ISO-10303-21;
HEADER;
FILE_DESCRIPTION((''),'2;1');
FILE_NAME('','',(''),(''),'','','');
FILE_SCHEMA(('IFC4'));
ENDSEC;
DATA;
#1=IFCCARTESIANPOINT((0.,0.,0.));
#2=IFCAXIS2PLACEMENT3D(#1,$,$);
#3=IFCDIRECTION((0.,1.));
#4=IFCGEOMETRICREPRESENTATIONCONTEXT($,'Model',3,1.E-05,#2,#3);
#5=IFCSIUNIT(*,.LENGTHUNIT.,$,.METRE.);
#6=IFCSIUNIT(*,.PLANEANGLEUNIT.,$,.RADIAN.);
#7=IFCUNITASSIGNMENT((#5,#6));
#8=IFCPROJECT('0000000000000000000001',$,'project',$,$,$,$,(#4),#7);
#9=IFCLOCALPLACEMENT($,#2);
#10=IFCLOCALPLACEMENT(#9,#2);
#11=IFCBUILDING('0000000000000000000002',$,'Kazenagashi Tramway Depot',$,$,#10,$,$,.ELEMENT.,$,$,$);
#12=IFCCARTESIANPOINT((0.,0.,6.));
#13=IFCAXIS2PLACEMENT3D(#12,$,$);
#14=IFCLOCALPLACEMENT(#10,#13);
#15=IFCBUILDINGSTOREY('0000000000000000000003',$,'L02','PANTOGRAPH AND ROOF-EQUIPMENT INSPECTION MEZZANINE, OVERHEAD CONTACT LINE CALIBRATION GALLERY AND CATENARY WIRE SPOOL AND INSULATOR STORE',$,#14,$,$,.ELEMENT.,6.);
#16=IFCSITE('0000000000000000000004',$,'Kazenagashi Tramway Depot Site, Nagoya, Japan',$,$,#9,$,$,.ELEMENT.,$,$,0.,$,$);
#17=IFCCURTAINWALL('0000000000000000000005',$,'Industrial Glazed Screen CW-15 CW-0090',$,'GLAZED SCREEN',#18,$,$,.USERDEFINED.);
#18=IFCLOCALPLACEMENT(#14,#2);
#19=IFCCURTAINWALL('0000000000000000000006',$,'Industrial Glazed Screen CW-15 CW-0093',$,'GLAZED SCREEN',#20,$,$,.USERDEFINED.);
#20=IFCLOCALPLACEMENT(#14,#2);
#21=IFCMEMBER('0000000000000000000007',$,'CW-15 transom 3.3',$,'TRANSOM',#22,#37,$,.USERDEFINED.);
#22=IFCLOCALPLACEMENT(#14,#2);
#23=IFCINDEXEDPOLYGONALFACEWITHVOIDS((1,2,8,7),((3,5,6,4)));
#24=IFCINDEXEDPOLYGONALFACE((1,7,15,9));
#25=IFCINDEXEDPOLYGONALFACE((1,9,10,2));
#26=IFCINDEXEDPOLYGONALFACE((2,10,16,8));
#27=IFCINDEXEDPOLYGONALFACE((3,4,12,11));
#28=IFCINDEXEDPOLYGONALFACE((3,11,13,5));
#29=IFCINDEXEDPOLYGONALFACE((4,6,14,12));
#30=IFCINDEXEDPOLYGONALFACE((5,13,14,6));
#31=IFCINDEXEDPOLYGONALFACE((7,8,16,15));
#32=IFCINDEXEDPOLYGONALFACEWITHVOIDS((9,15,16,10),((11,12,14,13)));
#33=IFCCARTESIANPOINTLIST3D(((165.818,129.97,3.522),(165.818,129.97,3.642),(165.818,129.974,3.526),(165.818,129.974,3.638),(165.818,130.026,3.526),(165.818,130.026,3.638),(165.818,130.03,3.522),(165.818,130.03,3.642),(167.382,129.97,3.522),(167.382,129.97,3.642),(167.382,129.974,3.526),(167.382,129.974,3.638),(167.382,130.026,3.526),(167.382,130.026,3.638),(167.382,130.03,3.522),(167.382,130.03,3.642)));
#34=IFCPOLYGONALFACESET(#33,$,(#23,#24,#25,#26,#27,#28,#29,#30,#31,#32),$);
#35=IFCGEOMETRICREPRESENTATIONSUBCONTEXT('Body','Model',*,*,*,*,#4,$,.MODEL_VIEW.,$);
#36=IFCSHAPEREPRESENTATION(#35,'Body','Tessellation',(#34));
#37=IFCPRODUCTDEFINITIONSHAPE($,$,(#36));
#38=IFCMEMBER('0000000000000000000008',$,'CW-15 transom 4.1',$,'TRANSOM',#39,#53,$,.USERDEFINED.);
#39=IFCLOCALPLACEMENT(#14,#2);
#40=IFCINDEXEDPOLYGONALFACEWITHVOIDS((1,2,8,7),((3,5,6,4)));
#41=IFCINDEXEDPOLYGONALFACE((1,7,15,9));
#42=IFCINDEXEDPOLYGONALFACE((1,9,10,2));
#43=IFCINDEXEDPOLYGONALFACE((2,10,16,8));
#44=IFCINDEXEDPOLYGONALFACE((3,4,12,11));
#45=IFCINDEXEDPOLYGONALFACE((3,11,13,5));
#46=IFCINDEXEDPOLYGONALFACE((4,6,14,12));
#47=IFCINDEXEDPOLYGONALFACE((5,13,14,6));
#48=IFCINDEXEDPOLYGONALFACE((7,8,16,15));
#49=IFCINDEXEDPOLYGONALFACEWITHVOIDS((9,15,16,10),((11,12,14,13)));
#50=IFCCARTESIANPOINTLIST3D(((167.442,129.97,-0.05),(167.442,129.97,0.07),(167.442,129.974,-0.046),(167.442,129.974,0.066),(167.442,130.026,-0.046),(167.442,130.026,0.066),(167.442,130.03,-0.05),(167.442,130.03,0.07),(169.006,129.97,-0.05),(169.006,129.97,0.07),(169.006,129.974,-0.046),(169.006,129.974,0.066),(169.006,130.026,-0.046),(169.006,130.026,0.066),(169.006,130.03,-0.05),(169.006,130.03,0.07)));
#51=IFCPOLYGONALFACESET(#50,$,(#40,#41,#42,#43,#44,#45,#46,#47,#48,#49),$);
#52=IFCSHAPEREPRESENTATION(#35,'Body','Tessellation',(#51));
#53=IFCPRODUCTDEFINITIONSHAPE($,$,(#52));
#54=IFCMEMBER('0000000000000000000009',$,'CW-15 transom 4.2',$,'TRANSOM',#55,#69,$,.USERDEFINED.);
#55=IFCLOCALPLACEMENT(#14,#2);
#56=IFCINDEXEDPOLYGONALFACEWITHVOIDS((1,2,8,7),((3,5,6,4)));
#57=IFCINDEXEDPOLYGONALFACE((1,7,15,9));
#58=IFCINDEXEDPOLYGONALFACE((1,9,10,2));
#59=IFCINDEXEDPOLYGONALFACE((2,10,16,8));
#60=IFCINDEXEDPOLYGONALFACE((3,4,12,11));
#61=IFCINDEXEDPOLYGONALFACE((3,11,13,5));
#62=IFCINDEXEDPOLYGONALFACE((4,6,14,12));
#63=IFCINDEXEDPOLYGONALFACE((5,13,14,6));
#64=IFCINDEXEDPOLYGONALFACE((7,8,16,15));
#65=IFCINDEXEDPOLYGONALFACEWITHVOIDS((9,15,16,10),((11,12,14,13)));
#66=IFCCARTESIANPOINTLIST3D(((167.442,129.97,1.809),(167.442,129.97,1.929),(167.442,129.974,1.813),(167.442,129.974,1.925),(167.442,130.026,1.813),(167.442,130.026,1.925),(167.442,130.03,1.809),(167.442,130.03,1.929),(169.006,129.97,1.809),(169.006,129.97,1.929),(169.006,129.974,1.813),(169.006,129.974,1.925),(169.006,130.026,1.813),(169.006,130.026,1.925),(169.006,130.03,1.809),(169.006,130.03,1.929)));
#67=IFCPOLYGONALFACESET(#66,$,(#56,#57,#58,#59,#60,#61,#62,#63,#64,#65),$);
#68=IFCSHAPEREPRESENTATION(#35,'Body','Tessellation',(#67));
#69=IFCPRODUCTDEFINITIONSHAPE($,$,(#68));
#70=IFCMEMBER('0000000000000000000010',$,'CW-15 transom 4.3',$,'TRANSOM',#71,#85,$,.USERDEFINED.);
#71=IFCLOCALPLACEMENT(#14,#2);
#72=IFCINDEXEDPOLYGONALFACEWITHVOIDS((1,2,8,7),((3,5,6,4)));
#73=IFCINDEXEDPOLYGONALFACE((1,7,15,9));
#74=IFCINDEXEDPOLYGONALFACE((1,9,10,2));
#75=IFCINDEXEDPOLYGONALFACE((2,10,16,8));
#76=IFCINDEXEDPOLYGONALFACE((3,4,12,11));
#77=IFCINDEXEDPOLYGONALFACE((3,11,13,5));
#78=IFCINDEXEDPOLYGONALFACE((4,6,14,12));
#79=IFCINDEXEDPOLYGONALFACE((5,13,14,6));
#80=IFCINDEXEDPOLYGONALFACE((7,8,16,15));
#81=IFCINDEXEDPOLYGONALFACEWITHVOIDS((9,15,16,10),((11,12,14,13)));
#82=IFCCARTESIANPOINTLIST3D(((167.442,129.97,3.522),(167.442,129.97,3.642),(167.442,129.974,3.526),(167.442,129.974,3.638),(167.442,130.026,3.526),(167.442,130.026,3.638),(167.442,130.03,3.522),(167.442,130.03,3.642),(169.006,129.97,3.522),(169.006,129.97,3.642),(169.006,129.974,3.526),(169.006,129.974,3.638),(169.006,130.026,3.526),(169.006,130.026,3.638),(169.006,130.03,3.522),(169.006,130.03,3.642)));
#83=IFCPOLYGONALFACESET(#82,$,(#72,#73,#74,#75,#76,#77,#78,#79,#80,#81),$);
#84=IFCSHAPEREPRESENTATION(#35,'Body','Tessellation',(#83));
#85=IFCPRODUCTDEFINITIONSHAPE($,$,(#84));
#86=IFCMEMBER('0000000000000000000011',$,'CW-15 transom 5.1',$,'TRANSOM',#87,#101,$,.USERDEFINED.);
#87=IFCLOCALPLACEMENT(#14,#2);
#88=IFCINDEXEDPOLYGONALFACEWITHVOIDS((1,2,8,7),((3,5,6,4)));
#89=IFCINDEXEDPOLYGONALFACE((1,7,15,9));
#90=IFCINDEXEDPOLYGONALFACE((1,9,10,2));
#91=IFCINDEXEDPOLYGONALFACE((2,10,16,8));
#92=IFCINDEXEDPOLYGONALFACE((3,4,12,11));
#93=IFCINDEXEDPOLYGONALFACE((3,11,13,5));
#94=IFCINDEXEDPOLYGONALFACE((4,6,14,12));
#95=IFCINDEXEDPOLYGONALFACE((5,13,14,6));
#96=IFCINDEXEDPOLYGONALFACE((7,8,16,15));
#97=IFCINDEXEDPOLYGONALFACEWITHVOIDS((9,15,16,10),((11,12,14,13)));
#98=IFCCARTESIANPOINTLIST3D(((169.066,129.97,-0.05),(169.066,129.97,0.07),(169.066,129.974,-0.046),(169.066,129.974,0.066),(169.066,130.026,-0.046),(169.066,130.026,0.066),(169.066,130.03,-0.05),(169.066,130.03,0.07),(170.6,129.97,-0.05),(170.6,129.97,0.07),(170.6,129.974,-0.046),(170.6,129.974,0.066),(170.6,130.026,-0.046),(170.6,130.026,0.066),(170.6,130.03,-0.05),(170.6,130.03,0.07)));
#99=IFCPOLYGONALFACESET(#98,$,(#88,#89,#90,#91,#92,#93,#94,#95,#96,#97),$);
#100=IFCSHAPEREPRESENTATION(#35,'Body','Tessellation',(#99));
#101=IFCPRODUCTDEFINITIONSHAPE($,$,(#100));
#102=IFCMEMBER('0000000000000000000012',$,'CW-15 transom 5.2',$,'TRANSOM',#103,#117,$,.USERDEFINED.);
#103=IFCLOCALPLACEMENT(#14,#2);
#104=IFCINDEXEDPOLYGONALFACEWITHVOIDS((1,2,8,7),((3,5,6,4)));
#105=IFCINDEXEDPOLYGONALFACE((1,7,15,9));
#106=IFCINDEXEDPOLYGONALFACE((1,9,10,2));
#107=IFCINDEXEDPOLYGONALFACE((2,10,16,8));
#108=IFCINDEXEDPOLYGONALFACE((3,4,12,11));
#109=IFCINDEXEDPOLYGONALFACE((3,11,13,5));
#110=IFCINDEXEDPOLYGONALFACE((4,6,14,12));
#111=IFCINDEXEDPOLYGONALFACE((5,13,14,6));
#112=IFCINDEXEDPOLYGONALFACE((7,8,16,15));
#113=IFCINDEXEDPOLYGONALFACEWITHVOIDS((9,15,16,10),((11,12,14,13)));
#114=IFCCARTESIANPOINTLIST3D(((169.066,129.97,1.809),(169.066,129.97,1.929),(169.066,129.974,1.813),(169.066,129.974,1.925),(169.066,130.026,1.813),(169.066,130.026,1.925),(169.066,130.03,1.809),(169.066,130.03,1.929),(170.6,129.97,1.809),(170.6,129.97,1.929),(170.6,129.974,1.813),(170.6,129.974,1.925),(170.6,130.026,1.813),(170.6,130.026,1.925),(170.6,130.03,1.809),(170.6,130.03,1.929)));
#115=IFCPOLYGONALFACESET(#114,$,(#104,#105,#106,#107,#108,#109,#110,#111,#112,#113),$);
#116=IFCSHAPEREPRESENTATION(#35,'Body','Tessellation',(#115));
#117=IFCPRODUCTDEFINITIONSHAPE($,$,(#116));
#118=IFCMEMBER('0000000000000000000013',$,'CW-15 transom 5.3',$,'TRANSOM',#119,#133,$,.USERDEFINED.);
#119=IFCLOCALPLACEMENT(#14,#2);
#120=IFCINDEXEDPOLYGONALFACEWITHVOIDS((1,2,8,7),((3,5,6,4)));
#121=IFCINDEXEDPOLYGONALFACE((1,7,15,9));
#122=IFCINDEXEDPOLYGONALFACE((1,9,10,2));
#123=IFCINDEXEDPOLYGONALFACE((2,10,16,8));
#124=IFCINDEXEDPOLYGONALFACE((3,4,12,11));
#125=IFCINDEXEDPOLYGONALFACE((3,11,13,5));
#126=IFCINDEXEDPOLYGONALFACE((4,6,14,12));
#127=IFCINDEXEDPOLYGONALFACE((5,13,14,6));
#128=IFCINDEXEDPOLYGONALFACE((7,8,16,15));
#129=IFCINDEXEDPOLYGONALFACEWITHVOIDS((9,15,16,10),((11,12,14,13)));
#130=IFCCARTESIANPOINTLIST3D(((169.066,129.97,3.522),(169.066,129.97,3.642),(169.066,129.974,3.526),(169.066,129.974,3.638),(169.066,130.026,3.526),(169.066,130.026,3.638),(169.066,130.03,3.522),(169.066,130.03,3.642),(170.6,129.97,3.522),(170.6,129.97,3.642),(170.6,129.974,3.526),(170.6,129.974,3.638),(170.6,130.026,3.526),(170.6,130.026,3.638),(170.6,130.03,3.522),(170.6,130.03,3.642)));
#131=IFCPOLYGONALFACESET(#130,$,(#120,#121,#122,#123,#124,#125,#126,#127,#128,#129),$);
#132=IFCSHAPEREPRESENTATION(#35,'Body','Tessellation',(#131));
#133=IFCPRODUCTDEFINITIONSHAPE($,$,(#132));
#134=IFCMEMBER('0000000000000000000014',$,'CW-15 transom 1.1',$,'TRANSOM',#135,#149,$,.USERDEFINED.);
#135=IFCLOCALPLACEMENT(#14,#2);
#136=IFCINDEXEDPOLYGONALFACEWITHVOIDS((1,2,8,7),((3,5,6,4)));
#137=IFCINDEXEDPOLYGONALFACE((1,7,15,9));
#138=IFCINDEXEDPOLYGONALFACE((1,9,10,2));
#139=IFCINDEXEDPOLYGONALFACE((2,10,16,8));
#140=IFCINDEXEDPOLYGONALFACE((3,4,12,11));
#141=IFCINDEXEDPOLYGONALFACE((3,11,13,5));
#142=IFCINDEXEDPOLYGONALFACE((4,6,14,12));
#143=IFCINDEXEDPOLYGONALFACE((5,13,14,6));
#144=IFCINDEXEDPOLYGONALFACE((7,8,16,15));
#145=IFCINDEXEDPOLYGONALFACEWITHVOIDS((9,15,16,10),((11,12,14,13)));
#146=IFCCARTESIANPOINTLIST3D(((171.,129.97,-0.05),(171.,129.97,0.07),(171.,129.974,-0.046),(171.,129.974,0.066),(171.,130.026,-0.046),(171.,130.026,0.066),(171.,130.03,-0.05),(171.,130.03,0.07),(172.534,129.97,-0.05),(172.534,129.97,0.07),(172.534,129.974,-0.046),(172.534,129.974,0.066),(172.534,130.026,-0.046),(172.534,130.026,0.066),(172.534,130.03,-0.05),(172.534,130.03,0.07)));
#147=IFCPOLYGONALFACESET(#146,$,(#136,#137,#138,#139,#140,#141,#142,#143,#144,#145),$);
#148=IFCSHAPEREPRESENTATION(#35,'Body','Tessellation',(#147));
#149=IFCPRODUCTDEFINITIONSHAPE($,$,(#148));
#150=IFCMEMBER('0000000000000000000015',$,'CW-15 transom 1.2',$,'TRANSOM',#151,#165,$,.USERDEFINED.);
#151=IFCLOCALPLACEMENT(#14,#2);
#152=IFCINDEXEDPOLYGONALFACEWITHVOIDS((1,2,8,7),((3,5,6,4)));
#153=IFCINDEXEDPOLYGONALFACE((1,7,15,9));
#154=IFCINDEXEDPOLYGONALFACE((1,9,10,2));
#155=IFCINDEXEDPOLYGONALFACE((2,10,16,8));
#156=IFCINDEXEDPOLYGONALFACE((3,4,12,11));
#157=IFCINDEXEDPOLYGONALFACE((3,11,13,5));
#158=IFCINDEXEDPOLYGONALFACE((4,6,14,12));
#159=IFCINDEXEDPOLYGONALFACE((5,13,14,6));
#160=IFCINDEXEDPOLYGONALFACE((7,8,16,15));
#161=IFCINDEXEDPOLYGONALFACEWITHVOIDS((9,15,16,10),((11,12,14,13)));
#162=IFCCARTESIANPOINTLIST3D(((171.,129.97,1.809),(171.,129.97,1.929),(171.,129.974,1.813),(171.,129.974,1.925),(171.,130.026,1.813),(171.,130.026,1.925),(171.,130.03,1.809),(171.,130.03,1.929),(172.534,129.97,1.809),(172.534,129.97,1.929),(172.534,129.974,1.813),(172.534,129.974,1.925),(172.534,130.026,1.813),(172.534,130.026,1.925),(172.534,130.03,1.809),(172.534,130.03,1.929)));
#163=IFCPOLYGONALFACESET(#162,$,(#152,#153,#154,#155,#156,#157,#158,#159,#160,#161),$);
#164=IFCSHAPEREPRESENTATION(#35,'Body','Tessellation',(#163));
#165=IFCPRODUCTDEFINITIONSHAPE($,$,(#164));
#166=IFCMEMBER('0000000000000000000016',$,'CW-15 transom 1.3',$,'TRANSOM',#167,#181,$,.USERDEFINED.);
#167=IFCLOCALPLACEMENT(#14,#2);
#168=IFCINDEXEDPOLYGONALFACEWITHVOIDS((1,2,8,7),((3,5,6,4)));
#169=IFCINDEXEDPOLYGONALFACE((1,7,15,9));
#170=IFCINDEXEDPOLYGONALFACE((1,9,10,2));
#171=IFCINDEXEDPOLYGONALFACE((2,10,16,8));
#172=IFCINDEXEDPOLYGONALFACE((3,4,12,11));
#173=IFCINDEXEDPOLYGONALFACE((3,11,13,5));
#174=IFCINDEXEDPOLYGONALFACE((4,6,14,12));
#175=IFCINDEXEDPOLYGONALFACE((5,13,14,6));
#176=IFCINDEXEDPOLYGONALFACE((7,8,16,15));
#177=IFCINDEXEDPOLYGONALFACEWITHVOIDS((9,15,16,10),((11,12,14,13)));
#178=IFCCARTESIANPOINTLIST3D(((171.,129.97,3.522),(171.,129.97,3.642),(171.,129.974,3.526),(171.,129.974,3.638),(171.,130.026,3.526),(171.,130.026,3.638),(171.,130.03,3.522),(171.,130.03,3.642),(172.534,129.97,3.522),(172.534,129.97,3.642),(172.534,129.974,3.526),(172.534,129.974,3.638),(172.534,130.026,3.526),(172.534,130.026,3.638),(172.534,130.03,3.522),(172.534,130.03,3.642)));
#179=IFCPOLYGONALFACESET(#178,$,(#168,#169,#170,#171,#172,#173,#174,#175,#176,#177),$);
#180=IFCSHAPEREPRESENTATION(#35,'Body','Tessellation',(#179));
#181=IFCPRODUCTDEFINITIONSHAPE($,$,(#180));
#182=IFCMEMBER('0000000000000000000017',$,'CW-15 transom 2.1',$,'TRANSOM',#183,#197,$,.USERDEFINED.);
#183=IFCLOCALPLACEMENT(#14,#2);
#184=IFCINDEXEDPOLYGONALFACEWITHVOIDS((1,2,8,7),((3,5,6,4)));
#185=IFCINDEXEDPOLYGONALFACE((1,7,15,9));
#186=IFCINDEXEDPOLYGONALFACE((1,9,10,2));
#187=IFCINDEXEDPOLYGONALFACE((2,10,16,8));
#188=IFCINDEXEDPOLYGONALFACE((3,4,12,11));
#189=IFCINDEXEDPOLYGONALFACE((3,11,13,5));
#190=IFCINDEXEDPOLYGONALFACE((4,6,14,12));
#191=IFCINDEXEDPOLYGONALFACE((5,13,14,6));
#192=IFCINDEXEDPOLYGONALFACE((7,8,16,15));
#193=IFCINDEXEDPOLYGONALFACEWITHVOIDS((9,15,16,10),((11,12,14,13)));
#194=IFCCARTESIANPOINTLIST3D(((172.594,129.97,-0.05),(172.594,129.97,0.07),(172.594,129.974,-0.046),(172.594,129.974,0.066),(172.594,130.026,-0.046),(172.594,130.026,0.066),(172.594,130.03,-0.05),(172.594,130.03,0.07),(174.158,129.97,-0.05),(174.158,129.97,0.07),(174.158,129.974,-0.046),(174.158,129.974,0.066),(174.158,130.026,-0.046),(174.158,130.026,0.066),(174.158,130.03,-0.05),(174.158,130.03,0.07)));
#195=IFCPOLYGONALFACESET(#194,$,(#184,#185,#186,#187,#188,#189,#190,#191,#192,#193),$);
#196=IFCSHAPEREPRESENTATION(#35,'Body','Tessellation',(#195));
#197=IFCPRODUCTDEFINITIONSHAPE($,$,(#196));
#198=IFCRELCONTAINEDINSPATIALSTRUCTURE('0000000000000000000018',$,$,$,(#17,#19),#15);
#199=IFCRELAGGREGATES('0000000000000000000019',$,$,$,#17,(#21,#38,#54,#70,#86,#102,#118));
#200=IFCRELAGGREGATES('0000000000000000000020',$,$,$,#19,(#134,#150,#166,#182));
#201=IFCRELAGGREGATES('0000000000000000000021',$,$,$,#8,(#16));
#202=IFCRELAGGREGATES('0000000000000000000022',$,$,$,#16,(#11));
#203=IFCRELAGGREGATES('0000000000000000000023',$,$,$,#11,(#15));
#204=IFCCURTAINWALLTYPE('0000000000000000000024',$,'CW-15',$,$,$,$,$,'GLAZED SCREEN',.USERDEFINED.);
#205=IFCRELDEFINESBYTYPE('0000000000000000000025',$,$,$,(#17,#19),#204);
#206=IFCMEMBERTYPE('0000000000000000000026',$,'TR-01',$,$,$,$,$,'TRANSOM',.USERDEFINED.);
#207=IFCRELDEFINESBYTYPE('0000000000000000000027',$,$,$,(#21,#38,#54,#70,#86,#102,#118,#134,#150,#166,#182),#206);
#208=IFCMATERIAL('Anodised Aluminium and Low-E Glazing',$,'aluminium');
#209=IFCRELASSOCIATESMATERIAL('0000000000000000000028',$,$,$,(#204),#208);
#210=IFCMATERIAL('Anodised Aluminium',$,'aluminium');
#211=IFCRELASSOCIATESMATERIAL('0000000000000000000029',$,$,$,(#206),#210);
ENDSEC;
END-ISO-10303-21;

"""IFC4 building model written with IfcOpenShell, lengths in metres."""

from ifc_helpers import new_model, si_unit, direction, frame, origin, origin_2d, place, context, subcontext, project, spatial, hollow_rectangle, extrude, material, material_profile, profile_set, type_object, element, aggregate, save


model = new_model("IFC4")

# Units and contexts
model_context = context("Model", 3, precision=1e-05, world=origin(), true_north=direction((0.0, 1.0)))
body_context = subcontext(model_context, "Body", "Model", "MODEL_VIEW")
ifc_project = project(units=[si_unit("LENGTHUNIT", "METRE"), si_unit("PLANEANGLEUNIT", "RADIAN")], contexts=[model_context])

# Site, building, storey
site_placement = place(None, origin())
site = spatial("IfcSite", under=ifc_project, at=site_placement, Name="Kazenagashi Tramway Depot Site, Nagoya, Japan", CompositionType="ELEMENT", RefElevation=0.0)
building_placement = place(site_placement, origin())
building = spatial("IfcBuilding", under=site, at=building_placement, Name="Kazenagashi Tramway Depot", CompositionType="ELEMENT")
storey_placement = place(building_placement, frame((0.0, 0.0, 6.0)))
storey = spatial("IfcBuildingStorey", under=building, at=storey_placement, Name="L02", Description="PANTOGRAPH AND ROOF-EQUIPMENT INSPECTION MEZZANINE, OVERHEAD CONTACT LINE CALIBRATION GALLERY AND CATENARY WIRE SPOOL AND INSULATOR STORE", CompositionType="ELEMENT", Elevation=6.0)

# Curtain walls
ifc_material_1 = material(Name="Anodised Aluminium and Low-E Glazing", Category="aluminium")
curtain_wall_type = type_object("IfcCurtainWallType", Name="CW-15", ElementType="GLAZED SCREEN", PredefinedType="USERDEFINED", material=ifc_material_1)
curtain_wall_1_placement = place(storey_placement, origin())
curtain_wall_1 = element("IfcCurtainWall", 1, at=curtain_wall_1_placement, inside=storey, type_object=curtain_wall_type, Name="Industrial Glazed Screen CW-15 CW-0090", ObjectType="GLAZED SCREEN", PredefinedType="USERDEFINED")
ifc_material_2 = material(Name="Anodised Aluminium", Category="aluminium")
curtain_wall_2_placement = place(storey_placement, origin())
curtain_wall_2 = element("IfcCurtainWall", 2, at=curtain_wall_2_placement, inside=storey, type_object=curtain_wall_type, Name="Industrial Glazed Screen CW-15 CW-0093", ObjectType="GLAZED SCREEN", PredefinedType="USERDEFINED")

# Members
ifc_material_profile_1 = material_profile(ifc_material_2, hollow_rectangle(XDim=0.06, YDim=0.12, WallThickness=0.004, at=origin_2d()), Name="RHS-120x60x4")
ifc_profile_set_1 = profile_set([ifc_material_profile_1], Name="Anodised Aluminium")
member_type_1 = type_object("IfcMemberType", Name="TR-01", ElementType="TRANSOM", PredefinedType="USERDEFINED", material=ifc_profile_set_1)
member_1_placement = place(storey_placement, frame((165.818, 130.0, 3.582), z_axis=(1.0, 0.0, 0.0), x_axis=(0.0, 1.0, 0.0)))
member_1 = element("IfcMember", 3, at=member_1_placement, type_object=member_type_1, Name="CW-15 transom 3.3", ObjectType="TRANSOM", PredefinedType="USERDEFINED", context=body_context, shape_type="SweptSolid", body=[
    extrude(hollow_rectangle(XDim=0.06, YDim=0.12, WallThickness=0.004, at=origin_2d()), origin(), (0.0, 0.0, 1.0), 1.564),
])
member_2_placement = place(storey_placement, frame((167.442, 130.0, 0.01), z_axis=(1.0, 0.0, 0.0), x_axis=(0.0, 1.0, 0.0)))
member_2 = element("IfcMember", 4, at=member_2_placement, type_object=member_type_1, Name="CW-15 transom 4.1", ObjectType="TRANSOM", PredefinedType="USERDEFINED", context=body_context, shape_type="SweptSolid", body=[
    extrude(hollow_rectangle(XDim=0.06, YDim=0.12, WallThickness=0.004, at=origin_2d()), origin(), (0.0, 0.0, 1.0), 1.564),
])
member_3_placement = place(storey_placement, frame((167.442, 130.0, 1.869), z_axis=(1.0, 0.0, 0.0), x_axis=(0.0, 1.0, 0.0)))
member_3 = element("IfcMember", 5, at=member_3_placement, type_object=member_type_1, Name="CW-15 transom 4.2", ObjectType="TRANSOM", PredefinedType="USERDEFINED", context=body_context, shape_type="SweptSolid", body=[
    extrude(hollow_rectangle(XDim=0.06, YDim=0.12, WallThickness=0.004, at=origin_2d()), origin(), (0.0, 0.0, 1.0), 1.564),
])
member_4_placement = place(storey_placement, frame((167.442, 130.0, 3.582), z_axis=(1.0, 0.0, 0.0), x_axis=(0.0, 1.0, 0.0)))
member_4 = element("IfcMember", 6, at=member_4_placement, type_object=member_type_1, Name="CW-15 transom 4.3", ObjectType="TRANSOM", PredefinedType="USERDEFINED", context=body_context, shape_type="SweptSolid", body=[
    extrude(hollow_rectangle(XDim=0.06, YDim=0.12, WallThickness=0.004, at=origin_2d()), origin(), (0.0, 0.0, 1.0), 1.564),
])
member_5_placement = place(storey_placement, frame((169.066, 130.0, 0.01), z_axis=(1.0, 0.0, 0.0), x_axis=(0.0, 1.0, 0.0)))
member_5 = element("IfcMember", 7, at=member_5_placement, type_object=member_type_1, Name="CW-15 transom 5.1", ObjectType="TRANSOM", PredefinedType="USERDEFINED", context=body_context, shape_type="SweptSolid", body=[
    extrude(hollow_rectangle(XDim=0.06, YDim=0.12, WallThickness=0.004, at=origin_2d()), origin(), (0.0, 0.0, 1.0), 1.534),
])
member_6_placement = place(storey_placement, frame((169.066, 130.0, 1.869), z_axis=(1.0, 0.0, 0.0), x_axis=(0.0, 1.0, 0.0)))
member_6 = element("IfcMember", 8, at=member_6_placement, type_object=member_type_1, Name="CW-15 transom 5.2", ObjectType="TRANSOM", PredefinedType="USERDEFINED", context=body_context, shape_type="SweptSolid", body=[
    extrude(hollow_rectangle(XDim=0.06, YDim=0.12, WallThickness=0.004, at=origin_2d()), origin(), (0.0, 0.0, 1.0), 1.534),
])
member_7_placement = place(storey_placement, frame((169.066, 130.0, 3.582), z_axis=(1.0, 0.0, 0.0), x_axis=(0.0, 1.0, 0.0)))
member_7 = element("IfcMember", 9, at=member_7_placement, type_object=member_type_1, Name="CW-15 transom 5.3", ObjectType="TRANSOM", PredefinedType="USERDEFINED", context=body_context, shape_type="SweptSolid", body=[
    extrude(hollow_rectangle(XDim=0.06, YDim=0.12, WallThickness=0.004, at=origin_2d()), origin(), (0.0, 0.0, 1.0), 1.534),
])
member_8_placement = place(storey_placement, frame((171.0, 130.0, 0.01), z_axis=(1.0, 0.0, 0.0), x_axis=(0.0, 1.0, 0.0)))
member_8 = element("IfcMember", 10, at=member_8_placement, type_object=member_type_1, Name="CW-15 transom 1.1", ObjectType="TRANSOM", PredefinedType="USERDEFINED", context=body_context, shape_type="SweptSolid", body=[
    extrude(hollow_rectangle(XDim=0.06, YDim=0.12, WallThickness=0.004, at=origin_2d()), origin(), (0.0, 0.0, 1.0), 1.534),
])
member_9_placement = place(storey_placement, frame((171.0, 130.0, 1.869), z_axis=(1.0, 0.0, 0.0), x_axis=(0.0, 1.0, 0.0)))
member_9 = element("IfcMember", 11, at=member_9_placement, type_object=member_type_1, Name="CW-15 transom 1.2", ObjectType="TRANSOM", PredefinedType="USERDEFINED", context=body_context, shape_type="SweptSolid", body=[
    extrude(hollow_rectangle(XDim=0.06, YDim=0.12, WallThickness=0.004, at=origin_2d()), origin(), (0.0, 0.0, 1.0), 1.534),
])
member_10_placement = place(storey_placement, frame((171.0, 130.0, 3.582), z_axis=(1.0, 0.0, 0.0), x_axis=(0.0, 1.0, 0.0)))
member_10 = element("IfcMember", 12, at=member_10_placement, type_object=member_type_1, Name="CW-15 transom 1.3", ObjectType="TRANSOM", PredefinedType="USERDEFINED", context=body_context, shape_type="SweptSolid", body=[
    extrude(hollow_rectangle(XDim=0.06, YDim=0.12, WallThickness=0.004, at=origin_2d()), origin(), (0.0, 0.0, 1.0), 1.534),
])
member_11_placement = place(storey_placement, frame((172.594, 130.0, 0.01), z_axis=(1.0, 0.0, 0.0), x_axis=(0.0, 1.0, 0.0)))
member_11 = element("IfcMember", 13, at=member_11_placement, type_object=member_type_1, Name="CW-15 transom 2.1", ObjectType="TRANSOM", PredefinedType="USERDEFINED", context=body_context, shape_type="SweptSolid", body=[
    extrude(hollow_rectangle(XDim=0.06, YDim=0.12, WallThickness=0.004, at=origin_2d()), origin(), (0.0, 0.0, 1.0), 1.564),
])

aggregate(curtain_wall_1, [member_1, member_2, member_3, member_4, member_5, member_6, member_7])
aggregate(curtain_wall_2, [member_8, member_9, member_10, member_11])

save(model, "model.ifc")
